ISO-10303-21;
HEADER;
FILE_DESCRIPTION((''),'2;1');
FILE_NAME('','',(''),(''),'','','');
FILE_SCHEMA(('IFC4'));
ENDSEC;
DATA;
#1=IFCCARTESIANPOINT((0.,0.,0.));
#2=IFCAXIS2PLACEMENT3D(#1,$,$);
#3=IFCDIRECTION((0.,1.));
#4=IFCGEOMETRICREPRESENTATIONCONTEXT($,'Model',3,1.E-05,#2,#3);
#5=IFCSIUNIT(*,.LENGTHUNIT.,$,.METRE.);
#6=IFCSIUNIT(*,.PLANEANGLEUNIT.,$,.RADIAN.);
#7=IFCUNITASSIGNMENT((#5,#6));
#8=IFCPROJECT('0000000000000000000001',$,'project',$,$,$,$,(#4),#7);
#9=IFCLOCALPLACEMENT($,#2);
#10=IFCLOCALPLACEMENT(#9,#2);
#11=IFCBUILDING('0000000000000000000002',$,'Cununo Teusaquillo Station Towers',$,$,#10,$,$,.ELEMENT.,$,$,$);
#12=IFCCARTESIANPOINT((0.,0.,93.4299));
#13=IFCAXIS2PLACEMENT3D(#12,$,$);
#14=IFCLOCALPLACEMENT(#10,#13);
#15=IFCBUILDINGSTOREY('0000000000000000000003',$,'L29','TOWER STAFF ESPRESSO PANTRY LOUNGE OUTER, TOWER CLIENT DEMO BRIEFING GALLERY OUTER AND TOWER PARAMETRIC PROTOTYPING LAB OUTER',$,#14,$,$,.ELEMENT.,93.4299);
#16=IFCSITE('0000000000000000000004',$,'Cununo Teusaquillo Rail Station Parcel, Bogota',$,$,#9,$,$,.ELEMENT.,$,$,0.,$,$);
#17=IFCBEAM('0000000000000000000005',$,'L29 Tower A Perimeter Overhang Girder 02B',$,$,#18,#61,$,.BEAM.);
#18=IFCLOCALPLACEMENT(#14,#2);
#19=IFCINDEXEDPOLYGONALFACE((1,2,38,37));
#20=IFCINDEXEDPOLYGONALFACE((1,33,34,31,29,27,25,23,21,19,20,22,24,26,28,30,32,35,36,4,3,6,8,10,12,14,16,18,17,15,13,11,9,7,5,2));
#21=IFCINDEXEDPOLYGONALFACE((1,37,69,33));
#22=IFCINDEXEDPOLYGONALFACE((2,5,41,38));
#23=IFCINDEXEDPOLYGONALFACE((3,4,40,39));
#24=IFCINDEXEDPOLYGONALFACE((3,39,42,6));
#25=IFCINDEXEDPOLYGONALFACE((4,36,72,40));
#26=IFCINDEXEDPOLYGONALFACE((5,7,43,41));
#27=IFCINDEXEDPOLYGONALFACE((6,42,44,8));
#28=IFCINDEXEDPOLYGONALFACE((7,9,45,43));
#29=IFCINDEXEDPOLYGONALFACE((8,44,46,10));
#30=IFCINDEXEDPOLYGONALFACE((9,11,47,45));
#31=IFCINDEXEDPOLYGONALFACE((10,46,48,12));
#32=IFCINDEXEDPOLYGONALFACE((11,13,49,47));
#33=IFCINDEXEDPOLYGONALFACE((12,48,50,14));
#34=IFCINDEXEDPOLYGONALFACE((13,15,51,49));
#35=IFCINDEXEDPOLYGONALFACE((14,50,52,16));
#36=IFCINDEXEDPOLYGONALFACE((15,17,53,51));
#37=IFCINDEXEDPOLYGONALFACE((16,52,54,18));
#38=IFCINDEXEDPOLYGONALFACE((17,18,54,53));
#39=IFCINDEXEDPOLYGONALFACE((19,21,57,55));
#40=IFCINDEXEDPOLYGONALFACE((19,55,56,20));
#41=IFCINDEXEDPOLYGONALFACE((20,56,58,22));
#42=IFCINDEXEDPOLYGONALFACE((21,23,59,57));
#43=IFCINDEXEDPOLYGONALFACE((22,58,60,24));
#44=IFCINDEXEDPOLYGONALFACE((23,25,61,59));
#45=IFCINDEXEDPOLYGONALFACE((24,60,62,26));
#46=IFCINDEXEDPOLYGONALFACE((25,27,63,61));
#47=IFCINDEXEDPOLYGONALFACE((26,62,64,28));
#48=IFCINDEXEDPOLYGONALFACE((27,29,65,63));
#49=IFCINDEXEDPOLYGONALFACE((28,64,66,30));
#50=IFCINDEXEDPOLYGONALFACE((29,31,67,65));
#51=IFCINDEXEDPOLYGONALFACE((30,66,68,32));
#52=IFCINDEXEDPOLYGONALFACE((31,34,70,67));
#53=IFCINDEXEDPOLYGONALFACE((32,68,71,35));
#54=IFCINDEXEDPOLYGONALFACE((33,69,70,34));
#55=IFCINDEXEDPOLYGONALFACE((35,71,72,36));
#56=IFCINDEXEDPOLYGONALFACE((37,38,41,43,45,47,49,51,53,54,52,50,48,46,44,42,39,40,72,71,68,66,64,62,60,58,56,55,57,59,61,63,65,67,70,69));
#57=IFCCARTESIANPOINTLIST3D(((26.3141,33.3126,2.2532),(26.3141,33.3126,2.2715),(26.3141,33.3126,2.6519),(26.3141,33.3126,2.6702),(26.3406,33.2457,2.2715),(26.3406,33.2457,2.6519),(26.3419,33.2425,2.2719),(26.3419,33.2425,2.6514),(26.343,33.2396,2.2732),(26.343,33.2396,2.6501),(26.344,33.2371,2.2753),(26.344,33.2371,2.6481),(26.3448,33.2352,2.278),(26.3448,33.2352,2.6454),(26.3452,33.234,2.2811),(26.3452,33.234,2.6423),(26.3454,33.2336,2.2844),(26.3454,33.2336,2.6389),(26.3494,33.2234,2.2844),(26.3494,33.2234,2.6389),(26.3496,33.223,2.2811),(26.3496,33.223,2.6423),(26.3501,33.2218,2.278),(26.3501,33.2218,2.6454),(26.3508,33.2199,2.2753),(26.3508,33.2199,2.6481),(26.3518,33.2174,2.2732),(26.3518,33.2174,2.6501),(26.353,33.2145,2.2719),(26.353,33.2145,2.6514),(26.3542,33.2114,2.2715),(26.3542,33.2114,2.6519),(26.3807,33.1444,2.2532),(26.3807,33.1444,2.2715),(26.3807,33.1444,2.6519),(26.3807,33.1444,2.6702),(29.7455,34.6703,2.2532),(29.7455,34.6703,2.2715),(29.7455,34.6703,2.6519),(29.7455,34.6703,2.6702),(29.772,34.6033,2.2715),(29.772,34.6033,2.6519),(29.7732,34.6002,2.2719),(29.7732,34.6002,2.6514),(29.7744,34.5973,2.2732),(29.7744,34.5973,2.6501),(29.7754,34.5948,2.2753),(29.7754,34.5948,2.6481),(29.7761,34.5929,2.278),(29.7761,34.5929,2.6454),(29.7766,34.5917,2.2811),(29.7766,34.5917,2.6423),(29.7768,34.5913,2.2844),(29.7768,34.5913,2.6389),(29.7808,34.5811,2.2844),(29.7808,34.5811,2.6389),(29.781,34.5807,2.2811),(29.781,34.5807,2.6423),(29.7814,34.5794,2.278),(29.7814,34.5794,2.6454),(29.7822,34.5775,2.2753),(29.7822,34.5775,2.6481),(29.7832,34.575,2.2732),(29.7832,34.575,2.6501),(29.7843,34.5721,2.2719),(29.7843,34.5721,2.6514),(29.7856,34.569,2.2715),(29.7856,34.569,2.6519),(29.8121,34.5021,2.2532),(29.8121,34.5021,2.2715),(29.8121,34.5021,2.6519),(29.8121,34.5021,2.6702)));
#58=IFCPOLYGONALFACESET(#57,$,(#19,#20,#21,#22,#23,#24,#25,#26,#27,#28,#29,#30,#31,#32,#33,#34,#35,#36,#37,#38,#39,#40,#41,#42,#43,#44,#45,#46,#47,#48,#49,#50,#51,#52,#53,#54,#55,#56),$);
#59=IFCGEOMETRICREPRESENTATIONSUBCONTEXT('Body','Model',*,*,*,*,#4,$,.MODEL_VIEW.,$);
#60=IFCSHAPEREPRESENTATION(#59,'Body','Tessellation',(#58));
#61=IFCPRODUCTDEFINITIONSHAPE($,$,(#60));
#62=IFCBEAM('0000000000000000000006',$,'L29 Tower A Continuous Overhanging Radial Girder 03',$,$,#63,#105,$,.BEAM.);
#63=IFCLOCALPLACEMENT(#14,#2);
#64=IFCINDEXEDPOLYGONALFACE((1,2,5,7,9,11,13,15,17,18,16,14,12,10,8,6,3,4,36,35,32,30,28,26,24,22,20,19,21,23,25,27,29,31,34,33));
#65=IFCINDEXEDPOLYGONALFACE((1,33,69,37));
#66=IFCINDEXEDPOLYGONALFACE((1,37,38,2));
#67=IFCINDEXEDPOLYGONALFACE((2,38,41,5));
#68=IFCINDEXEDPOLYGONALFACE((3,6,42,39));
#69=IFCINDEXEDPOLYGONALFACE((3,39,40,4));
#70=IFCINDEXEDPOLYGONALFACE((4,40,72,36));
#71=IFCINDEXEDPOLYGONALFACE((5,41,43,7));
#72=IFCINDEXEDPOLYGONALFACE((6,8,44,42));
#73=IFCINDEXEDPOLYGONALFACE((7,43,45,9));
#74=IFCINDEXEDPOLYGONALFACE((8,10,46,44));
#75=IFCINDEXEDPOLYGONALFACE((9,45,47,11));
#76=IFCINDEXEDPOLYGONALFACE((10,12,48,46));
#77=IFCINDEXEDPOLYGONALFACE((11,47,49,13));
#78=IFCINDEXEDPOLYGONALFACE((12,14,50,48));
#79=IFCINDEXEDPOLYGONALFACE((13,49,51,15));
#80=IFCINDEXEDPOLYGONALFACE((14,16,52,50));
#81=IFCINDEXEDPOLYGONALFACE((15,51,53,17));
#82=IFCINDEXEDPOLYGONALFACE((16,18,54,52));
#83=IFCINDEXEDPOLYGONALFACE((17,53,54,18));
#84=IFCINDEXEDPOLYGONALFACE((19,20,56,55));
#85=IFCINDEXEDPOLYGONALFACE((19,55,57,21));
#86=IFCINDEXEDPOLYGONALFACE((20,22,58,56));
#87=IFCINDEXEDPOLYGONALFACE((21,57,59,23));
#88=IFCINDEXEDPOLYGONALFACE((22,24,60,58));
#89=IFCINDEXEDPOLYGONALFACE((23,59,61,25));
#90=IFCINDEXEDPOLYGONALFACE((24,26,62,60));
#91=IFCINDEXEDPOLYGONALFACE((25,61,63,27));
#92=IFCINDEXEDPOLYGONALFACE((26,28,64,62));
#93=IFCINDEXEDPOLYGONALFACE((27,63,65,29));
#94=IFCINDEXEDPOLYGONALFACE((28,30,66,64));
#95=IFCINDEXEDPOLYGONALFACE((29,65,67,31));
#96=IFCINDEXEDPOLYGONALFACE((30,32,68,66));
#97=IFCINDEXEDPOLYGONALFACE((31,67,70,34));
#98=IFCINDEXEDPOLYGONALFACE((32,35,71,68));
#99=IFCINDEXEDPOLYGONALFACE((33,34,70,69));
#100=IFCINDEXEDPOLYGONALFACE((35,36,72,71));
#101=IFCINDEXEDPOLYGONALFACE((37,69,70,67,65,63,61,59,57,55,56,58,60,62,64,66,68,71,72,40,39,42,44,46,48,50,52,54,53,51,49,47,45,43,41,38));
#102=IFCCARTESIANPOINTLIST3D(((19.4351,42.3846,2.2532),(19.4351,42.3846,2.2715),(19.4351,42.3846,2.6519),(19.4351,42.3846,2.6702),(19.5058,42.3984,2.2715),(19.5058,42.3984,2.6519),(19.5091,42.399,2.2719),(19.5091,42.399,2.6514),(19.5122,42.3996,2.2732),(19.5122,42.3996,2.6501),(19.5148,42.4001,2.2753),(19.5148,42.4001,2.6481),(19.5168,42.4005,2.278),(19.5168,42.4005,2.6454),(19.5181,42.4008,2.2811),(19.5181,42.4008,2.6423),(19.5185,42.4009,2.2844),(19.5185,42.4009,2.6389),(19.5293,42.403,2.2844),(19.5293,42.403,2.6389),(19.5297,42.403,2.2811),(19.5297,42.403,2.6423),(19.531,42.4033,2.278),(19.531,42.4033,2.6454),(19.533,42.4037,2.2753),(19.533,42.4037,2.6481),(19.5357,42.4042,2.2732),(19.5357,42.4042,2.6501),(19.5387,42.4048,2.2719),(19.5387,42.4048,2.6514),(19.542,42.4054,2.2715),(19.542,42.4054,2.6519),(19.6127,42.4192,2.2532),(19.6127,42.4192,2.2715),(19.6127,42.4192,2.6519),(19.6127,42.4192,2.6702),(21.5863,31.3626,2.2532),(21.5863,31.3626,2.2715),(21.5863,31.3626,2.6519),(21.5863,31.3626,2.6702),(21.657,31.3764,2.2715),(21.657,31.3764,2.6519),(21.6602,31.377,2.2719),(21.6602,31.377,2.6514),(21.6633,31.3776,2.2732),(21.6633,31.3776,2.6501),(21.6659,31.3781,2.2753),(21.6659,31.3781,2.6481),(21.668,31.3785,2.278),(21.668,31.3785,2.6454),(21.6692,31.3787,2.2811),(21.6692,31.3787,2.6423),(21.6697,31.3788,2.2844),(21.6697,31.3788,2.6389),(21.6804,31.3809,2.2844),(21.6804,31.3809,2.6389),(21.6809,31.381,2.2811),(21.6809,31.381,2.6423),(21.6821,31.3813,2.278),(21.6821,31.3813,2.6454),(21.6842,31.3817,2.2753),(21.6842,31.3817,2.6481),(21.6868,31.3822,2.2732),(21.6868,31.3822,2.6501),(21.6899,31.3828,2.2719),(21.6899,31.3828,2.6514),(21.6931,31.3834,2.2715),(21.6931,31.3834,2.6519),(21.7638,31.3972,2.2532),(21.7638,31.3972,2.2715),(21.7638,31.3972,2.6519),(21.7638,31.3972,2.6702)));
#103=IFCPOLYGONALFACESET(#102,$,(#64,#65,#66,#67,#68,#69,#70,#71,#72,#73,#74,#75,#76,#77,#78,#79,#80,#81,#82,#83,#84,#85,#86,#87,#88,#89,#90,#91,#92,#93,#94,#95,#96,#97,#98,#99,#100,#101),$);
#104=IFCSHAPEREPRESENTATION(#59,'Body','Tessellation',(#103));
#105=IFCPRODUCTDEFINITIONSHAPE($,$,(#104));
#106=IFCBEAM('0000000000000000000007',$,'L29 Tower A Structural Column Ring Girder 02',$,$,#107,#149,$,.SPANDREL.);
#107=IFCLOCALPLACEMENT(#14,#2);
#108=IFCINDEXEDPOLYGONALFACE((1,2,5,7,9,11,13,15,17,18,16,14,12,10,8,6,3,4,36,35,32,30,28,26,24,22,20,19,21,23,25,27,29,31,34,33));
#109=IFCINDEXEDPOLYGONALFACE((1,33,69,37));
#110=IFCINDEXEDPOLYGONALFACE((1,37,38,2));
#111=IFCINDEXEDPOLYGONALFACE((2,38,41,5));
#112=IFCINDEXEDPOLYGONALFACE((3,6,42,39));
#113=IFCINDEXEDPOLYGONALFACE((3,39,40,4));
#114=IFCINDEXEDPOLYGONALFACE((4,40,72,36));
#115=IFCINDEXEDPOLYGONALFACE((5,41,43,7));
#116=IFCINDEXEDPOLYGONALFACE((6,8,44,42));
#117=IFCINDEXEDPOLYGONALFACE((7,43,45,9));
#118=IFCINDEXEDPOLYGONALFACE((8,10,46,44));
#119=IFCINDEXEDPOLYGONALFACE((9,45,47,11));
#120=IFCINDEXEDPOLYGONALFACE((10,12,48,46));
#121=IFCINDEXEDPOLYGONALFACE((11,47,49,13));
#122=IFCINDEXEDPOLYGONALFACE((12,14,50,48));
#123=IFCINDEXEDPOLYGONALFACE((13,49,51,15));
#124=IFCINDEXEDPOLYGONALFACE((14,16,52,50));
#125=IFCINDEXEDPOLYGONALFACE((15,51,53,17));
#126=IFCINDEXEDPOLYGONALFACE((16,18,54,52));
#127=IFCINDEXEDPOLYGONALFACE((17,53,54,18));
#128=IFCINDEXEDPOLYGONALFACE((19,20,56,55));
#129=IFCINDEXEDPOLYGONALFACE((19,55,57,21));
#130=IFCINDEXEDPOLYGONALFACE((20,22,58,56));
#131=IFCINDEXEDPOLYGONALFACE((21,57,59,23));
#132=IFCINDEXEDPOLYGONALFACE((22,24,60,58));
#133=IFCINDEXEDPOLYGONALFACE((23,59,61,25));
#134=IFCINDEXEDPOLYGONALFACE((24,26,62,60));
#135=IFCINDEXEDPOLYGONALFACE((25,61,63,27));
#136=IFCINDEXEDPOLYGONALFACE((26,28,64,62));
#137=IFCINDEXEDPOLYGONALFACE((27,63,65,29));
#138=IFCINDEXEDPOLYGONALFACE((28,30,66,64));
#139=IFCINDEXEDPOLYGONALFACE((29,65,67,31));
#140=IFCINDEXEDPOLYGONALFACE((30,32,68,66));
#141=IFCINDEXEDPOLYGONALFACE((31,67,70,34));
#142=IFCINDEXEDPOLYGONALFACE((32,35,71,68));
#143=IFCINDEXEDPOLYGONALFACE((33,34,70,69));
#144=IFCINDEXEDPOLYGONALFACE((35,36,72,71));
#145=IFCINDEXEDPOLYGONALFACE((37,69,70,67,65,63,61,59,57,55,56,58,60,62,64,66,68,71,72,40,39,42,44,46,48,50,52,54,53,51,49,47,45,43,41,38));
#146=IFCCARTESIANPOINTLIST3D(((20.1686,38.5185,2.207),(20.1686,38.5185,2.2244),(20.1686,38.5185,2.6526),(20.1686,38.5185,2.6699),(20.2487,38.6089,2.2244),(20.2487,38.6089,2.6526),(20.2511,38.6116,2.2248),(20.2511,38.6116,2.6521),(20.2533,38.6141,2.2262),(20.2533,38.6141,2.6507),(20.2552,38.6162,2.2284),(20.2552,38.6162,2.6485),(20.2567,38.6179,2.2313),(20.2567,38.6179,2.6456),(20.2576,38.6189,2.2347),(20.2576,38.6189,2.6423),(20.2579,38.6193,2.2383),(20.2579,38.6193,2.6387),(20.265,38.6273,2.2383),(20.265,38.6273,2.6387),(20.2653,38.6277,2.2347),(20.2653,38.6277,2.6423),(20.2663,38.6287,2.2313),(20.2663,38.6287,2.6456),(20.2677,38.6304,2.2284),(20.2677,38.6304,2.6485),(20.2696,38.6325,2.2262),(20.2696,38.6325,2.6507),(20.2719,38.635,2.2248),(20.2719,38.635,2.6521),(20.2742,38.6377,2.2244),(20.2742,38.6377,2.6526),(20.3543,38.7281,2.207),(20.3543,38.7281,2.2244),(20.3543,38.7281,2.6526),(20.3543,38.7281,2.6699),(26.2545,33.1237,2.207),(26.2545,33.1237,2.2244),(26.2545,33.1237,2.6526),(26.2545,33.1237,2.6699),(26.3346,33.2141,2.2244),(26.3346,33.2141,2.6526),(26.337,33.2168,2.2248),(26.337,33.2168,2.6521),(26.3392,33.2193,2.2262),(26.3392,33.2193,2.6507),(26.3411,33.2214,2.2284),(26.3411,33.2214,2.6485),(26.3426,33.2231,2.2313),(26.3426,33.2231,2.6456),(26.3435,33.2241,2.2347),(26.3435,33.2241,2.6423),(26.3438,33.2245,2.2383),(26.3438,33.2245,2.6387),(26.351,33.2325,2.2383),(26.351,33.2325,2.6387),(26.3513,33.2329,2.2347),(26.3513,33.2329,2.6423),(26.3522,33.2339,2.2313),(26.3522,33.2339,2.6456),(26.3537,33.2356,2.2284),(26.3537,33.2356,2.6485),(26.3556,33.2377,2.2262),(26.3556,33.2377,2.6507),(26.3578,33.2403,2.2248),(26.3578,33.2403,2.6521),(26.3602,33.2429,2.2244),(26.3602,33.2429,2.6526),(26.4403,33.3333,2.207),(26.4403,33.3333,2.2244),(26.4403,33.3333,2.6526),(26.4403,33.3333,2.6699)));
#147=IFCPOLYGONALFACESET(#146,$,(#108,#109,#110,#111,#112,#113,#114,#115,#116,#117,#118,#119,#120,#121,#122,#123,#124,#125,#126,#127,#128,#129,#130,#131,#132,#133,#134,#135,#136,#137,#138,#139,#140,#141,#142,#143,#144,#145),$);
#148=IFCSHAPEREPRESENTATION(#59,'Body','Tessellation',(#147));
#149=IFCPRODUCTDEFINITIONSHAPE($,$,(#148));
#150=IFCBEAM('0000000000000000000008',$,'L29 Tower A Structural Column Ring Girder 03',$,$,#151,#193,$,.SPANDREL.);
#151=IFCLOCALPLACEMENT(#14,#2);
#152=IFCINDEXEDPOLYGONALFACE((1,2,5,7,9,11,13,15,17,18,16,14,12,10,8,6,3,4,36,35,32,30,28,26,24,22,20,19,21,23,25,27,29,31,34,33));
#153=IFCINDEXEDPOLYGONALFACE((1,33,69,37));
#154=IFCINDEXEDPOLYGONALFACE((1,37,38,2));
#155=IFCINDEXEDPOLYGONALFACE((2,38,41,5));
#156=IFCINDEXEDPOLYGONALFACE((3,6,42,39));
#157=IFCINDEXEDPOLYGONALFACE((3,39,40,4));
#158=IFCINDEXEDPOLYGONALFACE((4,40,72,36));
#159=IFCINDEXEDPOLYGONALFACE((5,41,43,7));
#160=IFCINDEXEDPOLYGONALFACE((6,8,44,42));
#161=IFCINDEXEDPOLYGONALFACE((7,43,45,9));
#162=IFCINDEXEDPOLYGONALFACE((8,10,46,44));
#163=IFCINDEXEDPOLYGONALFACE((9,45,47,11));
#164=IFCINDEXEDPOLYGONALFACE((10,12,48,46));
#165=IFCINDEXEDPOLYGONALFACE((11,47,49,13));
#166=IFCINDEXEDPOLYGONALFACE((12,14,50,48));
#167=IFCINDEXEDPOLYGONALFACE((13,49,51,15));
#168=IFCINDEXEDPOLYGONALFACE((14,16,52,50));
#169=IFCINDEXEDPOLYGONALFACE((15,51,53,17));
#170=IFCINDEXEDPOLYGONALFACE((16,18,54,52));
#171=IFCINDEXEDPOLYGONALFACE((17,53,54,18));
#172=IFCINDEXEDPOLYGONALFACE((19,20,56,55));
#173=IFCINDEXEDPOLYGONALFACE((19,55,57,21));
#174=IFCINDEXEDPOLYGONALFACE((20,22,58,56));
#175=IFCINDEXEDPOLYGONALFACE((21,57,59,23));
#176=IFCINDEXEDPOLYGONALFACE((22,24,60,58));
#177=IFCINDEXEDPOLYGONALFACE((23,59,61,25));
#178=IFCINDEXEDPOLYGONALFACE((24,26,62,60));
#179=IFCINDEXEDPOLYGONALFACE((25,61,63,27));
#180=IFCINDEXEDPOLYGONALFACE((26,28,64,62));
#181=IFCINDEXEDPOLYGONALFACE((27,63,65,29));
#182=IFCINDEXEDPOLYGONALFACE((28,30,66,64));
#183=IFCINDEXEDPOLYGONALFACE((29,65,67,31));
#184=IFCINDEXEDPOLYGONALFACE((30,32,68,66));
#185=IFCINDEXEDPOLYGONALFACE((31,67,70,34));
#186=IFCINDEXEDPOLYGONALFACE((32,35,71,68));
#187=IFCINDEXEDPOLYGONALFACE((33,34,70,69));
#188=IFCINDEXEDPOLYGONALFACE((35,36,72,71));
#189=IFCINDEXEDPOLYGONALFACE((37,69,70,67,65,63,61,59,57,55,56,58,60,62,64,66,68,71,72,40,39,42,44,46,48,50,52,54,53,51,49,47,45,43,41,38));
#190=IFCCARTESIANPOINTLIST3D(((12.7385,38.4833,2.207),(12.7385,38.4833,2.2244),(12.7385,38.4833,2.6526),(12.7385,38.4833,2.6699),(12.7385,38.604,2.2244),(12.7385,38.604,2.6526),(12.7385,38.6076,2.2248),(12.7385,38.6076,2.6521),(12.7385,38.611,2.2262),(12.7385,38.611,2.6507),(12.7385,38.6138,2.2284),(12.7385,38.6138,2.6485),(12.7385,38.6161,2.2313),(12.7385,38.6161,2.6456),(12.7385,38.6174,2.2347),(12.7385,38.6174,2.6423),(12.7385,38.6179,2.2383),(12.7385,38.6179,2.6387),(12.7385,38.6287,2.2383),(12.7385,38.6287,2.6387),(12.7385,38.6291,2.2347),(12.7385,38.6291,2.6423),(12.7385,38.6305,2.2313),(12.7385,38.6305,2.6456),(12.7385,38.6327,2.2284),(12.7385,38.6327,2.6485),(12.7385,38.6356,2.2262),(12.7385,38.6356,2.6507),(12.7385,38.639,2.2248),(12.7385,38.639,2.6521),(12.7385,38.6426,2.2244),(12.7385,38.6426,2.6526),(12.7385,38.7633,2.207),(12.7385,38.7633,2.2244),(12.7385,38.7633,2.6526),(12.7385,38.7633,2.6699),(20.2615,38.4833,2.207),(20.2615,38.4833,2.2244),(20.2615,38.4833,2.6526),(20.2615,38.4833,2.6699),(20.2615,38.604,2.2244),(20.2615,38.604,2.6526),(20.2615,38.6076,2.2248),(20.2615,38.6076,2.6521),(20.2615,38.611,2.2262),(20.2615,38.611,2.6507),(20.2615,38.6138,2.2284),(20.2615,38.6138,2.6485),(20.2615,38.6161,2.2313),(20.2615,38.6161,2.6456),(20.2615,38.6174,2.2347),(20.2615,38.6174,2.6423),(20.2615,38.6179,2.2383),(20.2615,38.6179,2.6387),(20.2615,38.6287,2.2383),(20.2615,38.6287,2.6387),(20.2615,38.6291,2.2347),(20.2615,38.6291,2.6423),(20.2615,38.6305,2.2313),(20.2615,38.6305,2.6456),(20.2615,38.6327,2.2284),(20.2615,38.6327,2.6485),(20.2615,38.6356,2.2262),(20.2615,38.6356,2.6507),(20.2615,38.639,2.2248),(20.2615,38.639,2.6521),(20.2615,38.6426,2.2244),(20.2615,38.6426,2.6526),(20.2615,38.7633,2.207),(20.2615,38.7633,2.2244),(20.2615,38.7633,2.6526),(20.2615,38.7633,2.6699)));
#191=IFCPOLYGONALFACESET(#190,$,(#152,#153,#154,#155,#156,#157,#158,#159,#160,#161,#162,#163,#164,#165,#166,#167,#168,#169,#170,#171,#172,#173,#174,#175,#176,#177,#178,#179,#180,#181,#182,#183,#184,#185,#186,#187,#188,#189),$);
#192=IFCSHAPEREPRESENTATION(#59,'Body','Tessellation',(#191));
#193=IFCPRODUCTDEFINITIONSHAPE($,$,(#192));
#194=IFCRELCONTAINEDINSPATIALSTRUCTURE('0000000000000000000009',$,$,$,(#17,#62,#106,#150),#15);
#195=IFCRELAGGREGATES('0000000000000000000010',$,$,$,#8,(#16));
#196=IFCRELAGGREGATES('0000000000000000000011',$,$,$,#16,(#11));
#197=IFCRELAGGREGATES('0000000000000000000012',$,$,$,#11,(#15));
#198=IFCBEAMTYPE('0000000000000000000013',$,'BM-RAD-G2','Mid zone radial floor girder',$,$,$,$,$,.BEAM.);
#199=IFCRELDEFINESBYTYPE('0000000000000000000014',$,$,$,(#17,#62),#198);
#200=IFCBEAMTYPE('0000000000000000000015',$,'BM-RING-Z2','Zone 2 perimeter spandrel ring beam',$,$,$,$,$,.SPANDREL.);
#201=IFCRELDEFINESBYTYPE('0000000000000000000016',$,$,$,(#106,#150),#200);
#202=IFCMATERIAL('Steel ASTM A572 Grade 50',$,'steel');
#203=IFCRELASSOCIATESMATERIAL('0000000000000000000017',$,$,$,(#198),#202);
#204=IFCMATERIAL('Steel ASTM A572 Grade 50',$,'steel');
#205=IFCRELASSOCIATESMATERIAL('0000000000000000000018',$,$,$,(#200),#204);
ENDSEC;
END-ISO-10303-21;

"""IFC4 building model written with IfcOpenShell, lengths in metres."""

from ifc_helpers import new_model, si_unit, direction, frame, origin, origin_2d, place, context, subcontext, project, spatial, i_section, extrude, material, material_profile, profile_set, type_object, element, save


model = new_model("IFC4")

# Units and contexts
model_context = context("Model", 3, precision=1e-05, world=origin(), true_north=direction((0.0, 1.0)))
body_context = subcontext(model_context, "Body", "Model", "MODEL_VIEW")
ifc_project = project(units=[si_unit("LENGTHUNIT", "METRE"), si_unit("PLANEANGLEUNIT", "RADIAN")], contexts=[model_context])

# Site, building, storey
site_placement = place(None, origin())
site = spatial("IfcSite", under=ifc_project, at=site_placement, Name="Cununo Teusaquillo Rail Station Parcel, Bogota", CompositionType="ELEMENT", RefElevation=0.0)
building_placement = place(site_placement, origin())
building = spatial("IfcBuilding", under=site, at=building_placement, Name="Cununo Teusaquillo Station Towers", CompositionType="ELEMENT")
storey_placement = place(building_placement, frame((0.0, 0.0, 93.4299)))
storey = spatial("IfcBuildingStorey", under=building, at=storey_placement, Name="L29", Description="TOWER STAFF ESPRESSO PANTRY LOUNGE OUTER, TOWER CLIENT DEMO BRIEFING GALLERY OUTER AND TOWER PARAMETRIC PROTOTYPING LAB OUTER", CompositionType="ELEMENT", Elevation=93.4299)

# Beams
ifc_material_1 = material(Name="Steel ASTM A572 Grade 50", Category="steel")
ifc_material_profile_1 = material_profile(ifc_material_1, i_section(OverallWidth=0.1809, OverallDepth=0.417, WebThickness=0.011, FlangeThickness=0.0183, FilletRadius=0.0129, at=origin_2d()), Name="W16X57")
ifc_profile_set_1 = profile_set([ifc_material_profile_1], Name="Steel ASTM A572 Grade 50")
beam_type_1 = type_object("IfcBeamType", Name="BM-RAD-G2", Description="Mid zone radial floor girder", PredefinedType="BEAM", material=ifc_profile_set_1)
beam_1_placement = place(storey_placement, frame((26.3474, 33.2285, 2.4617), z_axis=(0.929862, 0.367909, 0.0), x_axis=(-0.367909, 0.929862, 0.0)))
element("IfcBeam", 1, at=beam_1_placement, inside=storey, type_object=beam_type_1, Name="L29 Tower A Perimeter Overhang Girder 02B", PredefinedType="BEAM", context=body_context, shape_type="SweptSolid", body=[
    extrude(i_section(OverallWidth=0.1809, OverallDepth=0.417, WebThickness=0.011, FlangeThickness=0.0183, FilletRadius=0.0129, at=origin_2d()), origin(), (0.0, 0.0, 1.0), 3.6902),
])
beam_2_placement = place(storey_placement, frame((21.675, 31.3799, 2.4617), z_axis=(-0.191553, 0.981482, 0.0), x_axis=(-0.981482, -0.191553, 0.0)))
element("IfcBeam", 2, at=beam_2_placement, inside=storey, type_object=beam_type_1, Name="L29 Tower A Continuous Overhanging Radial Girder 03", PredefinedType="BEAM", context=body_context, shape_type="SweptSolid", body=[
    extrude(i_section(OverallWidth=0.1809, OverallDepth=0.417, WebThickness=0.011, FlangeThickness=0.0183, FilletRadius=0.0129, at=origin_2d()), origin(), (0.0, 0.0, 1.0), 11.23),
])
ifc_material_2 = material(Name="Steel ASTM A572 Grade 50", Category="steel")
ifc_material_profile_2 = material_profile(ifc_material_2, i_section(OverallWidth=0.28, OverallDepth=0.4629, WebThickness=0.0107, FlangeThickness=0.0173, FilletRadius=0.0139, at=origin_2d()), Name="W18X76")
ifc_profile_set_2 = profile_set([ifc_material_profile_2], Name="Steel ASTM A572 Grade 50")
beam_type_2 = type_object("IfcBeamType", Name="BM-RING-Z2", Description="Zone 2 perimeter spandrel ring beam", PredefinedType="SPANDREL", material=ifc_profile_set_2)
beam_3_placement = place(storey_placement, frame((26.3474, 33.2285, 2.4385), z_axis=(-0.748321, 0.663337, 0.0), x_axis=(-0.663337, -0.748321, 0.0)))
element("IfcBeam", 3, at=beam_3_placement, inside=storey, type_object=beam_type_2, Name="L29 Tower A Structural Column Ring Girder 02", PredefinedType="SPANDREL", context=body_context, shape_type="SweptSolid", body=[
    extrude(i_section(OverallWidth=0.28, OverallDepth=0.4629, WebThickness=0.0107, FlangeThickness=0.0173, FilletRadius=0.0139, at=origin_2d()), origin(), (0.0, 0.0, 1.0), 8.1328),
])
beam_4_placement = place(storey_placement, frame((20.2615, 38.6233, 2.4385), z_axis=(-1.0, 0.0, 0.0), x_axis=(0.0, -1.0, 0.0)))
element("IfcBeam", 4, at=beam_4_placement, inside=storey, type_object=beam_type_2, Name="L29 Tower A Structural Column Ring Girder 03", PredefinedType="SPANDREL", context=body_context, shape_type="SweptSolid", body=[
    extrude(i_section(OverallWidth=0.28, OverallDepth=0.4629, WebThickness=0.0107, FlangeThickness=0.0173, FilletRadius=0.0139, at=origin_2d()), origin(), (0.0, 0.0, 1.0), 7.5229),
])

save(model, "model.ifc")
